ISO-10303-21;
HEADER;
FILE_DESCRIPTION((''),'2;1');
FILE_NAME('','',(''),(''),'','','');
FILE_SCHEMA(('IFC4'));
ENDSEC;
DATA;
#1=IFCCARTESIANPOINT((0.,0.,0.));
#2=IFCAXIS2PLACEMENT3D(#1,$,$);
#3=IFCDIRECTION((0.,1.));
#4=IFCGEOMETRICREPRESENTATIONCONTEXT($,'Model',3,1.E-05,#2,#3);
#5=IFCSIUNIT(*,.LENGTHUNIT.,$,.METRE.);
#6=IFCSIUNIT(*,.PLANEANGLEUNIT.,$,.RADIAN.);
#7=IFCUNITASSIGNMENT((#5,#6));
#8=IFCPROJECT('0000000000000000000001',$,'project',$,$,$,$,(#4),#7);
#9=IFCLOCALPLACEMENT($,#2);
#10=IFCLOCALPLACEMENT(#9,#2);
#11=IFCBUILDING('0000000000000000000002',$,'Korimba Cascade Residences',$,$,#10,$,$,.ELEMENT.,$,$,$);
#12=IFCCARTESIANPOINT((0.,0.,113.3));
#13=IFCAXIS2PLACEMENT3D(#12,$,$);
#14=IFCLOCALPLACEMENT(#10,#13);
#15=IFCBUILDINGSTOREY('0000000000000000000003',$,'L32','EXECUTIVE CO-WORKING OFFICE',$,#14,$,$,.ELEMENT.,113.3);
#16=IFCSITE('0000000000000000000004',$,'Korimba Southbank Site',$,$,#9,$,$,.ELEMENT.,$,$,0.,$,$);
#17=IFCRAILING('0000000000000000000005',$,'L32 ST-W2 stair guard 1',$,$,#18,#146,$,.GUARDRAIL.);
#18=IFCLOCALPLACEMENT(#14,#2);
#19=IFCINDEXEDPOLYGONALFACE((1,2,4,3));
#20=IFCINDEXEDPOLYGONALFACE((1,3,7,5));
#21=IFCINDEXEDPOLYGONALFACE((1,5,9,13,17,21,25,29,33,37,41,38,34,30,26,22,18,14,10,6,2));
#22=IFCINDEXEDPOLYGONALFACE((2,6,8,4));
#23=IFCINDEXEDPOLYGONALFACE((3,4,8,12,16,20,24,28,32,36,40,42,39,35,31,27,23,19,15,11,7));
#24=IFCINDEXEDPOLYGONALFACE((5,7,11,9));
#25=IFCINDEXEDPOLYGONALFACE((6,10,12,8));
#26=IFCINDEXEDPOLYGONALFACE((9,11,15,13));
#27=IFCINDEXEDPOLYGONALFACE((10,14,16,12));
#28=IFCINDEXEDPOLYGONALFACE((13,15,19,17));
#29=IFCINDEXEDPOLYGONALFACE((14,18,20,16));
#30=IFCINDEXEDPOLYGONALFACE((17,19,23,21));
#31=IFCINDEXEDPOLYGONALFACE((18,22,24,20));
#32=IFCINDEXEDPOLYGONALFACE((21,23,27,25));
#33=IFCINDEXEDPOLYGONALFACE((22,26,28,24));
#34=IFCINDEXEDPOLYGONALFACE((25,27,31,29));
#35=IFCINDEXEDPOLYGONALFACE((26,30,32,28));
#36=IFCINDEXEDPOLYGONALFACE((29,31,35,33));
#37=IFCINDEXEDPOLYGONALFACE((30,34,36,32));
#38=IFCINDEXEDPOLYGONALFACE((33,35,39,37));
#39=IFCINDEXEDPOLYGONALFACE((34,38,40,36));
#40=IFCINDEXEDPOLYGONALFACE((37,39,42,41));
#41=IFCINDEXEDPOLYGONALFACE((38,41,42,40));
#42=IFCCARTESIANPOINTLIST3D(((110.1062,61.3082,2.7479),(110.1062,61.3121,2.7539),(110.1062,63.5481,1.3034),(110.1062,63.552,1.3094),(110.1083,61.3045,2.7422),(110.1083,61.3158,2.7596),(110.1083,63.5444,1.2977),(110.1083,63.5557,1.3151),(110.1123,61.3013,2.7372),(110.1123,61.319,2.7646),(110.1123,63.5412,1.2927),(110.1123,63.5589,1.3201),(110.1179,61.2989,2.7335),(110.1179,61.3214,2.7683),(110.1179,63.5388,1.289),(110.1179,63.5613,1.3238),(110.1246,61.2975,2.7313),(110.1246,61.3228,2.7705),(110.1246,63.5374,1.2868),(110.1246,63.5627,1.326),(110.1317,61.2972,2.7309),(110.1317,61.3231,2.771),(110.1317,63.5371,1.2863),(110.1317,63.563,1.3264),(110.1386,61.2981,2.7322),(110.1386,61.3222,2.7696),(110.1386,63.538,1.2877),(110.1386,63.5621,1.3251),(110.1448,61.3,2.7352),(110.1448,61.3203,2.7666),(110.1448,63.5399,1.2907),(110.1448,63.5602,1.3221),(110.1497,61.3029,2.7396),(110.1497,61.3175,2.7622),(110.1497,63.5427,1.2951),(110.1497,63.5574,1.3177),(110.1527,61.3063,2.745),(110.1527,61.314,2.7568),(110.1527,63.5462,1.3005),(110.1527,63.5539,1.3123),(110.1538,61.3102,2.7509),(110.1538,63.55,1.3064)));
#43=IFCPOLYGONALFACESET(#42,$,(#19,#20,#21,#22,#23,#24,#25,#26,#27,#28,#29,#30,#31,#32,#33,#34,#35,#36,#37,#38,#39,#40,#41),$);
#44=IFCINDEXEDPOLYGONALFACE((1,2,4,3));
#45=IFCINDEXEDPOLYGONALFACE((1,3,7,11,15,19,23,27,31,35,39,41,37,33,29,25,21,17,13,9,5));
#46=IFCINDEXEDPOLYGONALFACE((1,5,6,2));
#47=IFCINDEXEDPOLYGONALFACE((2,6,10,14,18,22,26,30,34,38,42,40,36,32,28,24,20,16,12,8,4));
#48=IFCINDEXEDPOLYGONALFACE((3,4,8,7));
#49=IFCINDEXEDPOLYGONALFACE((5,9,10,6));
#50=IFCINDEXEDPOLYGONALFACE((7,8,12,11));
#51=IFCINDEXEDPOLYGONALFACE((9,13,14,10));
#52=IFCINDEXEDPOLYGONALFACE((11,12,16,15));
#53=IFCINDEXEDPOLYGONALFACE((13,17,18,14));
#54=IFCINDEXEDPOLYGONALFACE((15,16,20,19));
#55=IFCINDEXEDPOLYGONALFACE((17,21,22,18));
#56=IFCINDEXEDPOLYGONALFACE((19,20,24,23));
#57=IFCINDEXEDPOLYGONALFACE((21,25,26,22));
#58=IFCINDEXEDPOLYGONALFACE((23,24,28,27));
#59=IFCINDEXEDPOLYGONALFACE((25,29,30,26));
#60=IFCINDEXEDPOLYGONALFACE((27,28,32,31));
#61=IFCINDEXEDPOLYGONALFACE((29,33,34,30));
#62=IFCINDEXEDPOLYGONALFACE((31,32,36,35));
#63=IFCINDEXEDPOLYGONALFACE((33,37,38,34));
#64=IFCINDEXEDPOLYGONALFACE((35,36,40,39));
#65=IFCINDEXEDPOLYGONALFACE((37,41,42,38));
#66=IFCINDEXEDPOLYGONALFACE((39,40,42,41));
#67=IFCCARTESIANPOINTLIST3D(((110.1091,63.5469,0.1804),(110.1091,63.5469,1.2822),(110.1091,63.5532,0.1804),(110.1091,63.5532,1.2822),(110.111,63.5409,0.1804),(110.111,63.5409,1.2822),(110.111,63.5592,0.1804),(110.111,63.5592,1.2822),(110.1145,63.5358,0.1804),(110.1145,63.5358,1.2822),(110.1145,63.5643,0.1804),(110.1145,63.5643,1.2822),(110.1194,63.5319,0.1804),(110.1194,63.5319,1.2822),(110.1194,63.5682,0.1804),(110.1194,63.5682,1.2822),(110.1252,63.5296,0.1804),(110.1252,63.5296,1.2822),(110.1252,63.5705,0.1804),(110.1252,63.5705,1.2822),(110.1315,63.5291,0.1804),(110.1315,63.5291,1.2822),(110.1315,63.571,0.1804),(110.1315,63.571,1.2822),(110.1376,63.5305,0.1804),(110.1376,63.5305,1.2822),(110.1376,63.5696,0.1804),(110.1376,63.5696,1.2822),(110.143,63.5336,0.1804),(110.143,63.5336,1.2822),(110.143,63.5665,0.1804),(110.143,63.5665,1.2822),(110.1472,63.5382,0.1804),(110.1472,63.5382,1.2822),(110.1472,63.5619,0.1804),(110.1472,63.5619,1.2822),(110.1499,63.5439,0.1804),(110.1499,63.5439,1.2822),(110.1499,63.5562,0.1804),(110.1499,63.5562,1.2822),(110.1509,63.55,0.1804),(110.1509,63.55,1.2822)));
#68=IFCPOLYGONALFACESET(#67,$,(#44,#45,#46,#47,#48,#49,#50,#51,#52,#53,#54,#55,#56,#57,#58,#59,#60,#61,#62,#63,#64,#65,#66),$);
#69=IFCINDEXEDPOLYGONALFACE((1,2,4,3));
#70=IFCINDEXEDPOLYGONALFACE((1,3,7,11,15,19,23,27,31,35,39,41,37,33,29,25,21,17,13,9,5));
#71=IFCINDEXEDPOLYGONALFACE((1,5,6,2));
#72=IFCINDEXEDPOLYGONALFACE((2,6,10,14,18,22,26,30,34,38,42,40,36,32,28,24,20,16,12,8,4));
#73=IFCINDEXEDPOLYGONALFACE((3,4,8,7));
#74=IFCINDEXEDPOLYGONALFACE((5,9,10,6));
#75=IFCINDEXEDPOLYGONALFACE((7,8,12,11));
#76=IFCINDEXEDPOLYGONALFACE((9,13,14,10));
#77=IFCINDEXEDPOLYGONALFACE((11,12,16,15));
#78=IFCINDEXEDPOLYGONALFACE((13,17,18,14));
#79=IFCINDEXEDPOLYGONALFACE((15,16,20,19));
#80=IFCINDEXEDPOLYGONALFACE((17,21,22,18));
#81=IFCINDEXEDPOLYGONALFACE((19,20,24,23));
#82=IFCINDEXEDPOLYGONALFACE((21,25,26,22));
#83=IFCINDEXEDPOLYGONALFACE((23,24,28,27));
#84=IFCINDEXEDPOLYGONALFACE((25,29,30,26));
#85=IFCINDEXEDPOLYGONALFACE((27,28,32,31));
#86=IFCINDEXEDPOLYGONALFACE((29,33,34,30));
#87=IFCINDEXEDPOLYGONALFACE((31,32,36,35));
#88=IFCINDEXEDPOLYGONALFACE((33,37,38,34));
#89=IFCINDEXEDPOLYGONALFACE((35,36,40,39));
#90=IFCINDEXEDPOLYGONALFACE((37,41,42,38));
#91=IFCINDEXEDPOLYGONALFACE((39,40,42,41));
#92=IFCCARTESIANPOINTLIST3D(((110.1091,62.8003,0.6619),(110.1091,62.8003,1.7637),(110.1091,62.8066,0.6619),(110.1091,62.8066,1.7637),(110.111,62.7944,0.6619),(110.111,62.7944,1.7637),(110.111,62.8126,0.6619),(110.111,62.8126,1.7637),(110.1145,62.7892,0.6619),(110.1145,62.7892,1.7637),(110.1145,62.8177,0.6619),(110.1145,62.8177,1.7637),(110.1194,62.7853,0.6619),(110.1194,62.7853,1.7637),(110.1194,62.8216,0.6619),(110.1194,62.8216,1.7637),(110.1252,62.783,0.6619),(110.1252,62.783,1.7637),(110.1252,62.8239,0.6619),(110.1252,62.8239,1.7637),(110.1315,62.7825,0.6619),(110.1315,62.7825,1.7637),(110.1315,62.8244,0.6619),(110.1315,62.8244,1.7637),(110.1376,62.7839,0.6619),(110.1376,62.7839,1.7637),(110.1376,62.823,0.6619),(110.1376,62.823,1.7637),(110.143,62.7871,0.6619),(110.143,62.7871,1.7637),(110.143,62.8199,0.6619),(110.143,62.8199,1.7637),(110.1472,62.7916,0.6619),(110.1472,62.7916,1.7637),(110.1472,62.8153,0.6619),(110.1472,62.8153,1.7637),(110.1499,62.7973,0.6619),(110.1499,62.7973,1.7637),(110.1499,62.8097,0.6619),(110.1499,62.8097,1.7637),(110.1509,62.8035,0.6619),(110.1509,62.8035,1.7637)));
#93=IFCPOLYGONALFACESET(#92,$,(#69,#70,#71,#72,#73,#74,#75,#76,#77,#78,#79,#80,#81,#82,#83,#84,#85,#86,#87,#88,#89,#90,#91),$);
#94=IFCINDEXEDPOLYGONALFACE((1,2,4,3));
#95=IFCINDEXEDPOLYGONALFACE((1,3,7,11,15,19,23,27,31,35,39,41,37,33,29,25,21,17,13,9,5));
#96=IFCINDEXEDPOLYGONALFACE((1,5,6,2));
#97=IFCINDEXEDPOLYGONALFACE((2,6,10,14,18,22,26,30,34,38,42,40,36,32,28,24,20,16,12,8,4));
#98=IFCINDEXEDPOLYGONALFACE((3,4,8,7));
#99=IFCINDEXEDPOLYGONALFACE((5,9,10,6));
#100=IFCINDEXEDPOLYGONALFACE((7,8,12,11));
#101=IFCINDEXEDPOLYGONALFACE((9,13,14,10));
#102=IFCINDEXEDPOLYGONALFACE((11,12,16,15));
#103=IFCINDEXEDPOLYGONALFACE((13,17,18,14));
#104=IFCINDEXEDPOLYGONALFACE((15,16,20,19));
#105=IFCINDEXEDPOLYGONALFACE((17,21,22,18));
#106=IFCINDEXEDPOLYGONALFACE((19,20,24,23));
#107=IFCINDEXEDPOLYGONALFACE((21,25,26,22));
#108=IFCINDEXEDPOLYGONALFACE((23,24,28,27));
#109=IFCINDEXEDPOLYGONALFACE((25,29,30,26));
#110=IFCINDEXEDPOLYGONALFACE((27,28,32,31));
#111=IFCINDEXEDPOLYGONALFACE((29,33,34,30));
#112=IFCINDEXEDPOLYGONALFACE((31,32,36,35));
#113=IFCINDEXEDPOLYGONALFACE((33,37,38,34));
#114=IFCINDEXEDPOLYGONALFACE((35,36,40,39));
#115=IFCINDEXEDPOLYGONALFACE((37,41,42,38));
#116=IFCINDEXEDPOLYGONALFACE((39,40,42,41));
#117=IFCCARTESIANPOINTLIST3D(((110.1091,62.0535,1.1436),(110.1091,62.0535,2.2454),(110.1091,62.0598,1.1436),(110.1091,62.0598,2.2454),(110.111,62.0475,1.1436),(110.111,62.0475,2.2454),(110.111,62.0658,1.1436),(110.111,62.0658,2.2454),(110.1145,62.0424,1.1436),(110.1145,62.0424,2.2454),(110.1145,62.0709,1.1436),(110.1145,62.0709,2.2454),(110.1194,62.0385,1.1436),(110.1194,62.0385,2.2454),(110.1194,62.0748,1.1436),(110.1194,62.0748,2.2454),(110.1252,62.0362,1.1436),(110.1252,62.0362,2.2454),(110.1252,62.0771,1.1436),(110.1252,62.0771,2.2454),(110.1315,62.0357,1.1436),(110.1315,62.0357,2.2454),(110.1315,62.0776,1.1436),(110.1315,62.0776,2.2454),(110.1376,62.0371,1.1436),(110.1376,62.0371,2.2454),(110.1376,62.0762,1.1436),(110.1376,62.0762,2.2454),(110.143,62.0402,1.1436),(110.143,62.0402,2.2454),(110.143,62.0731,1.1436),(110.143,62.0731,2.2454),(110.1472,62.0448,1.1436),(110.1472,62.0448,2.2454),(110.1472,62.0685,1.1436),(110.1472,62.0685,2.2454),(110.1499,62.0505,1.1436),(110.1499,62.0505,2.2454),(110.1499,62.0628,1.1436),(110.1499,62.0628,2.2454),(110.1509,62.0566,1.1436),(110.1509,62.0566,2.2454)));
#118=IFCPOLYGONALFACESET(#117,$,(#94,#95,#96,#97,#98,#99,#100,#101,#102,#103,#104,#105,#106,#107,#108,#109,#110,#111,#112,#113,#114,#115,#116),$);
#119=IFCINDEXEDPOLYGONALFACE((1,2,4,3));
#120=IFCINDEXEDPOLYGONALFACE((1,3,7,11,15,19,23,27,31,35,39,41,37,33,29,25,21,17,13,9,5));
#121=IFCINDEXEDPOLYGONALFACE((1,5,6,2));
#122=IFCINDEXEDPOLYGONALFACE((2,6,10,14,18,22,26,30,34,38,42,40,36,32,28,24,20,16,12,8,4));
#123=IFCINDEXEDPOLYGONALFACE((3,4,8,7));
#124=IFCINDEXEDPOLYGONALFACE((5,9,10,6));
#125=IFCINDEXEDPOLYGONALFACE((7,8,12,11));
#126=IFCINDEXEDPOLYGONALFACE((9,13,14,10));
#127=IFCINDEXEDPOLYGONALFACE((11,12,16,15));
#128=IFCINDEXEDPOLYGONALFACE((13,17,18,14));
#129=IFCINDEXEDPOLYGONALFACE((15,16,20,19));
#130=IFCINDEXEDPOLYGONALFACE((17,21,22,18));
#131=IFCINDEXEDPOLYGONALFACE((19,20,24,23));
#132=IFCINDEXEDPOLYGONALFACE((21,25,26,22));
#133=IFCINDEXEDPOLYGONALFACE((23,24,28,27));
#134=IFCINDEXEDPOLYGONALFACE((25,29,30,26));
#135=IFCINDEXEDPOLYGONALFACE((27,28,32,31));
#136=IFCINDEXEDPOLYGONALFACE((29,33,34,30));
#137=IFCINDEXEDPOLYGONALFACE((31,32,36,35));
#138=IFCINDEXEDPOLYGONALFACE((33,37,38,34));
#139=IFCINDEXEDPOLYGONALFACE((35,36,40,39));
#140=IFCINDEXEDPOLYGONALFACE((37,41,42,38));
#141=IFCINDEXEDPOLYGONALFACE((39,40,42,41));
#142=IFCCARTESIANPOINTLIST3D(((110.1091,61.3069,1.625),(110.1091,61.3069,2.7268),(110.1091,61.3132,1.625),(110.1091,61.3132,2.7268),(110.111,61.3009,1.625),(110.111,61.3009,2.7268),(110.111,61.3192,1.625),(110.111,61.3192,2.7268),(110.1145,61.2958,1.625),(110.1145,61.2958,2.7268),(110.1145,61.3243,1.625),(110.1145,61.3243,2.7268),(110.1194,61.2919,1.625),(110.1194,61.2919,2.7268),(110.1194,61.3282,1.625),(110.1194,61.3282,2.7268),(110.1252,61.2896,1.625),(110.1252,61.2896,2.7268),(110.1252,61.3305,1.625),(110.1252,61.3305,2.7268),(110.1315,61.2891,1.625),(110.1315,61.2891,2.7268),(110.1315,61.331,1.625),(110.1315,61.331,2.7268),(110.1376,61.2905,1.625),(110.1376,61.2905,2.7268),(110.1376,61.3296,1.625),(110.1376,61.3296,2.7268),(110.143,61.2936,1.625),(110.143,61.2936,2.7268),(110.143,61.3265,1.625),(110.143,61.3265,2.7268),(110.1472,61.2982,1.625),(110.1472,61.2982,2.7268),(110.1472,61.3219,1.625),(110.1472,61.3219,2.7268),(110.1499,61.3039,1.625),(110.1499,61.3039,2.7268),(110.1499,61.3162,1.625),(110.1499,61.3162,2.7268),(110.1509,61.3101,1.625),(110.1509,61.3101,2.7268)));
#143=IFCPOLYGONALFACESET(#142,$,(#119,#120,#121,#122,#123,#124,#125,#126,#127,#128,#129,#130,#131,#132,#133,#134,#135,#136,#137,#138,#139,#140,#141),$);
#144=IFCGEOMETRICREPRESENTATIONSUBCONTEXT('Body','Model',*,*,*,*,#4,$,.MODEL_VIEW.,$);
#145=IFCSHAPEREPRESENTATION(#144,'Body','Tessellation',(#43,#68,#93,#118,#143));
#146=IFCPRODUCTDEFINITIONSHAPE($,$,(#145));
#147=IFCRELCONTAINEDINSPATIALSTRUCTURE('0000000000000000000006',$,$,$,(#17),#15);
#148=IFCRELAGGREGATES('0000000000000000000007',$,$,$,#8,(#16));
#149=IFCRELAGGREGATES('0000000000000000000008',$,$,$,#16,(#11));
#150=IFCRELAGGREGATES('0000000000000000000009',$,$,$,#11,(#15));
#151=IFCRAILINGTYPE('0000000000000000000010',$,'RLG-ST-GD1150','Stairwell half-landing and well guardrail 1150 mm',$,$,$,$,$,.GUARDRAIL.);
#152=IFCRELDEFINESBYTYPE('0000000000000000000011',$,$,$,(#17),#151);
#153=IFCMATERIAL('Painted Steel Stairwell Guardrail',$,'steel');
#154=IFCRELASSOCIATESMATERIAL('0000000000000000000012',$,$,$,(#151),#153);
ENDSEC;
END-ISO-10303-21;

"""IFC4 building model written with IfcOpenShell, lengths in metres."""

from ifc_helpers import new_model, si_unit, direction, frame, origin, origin_2d, place, context, subcontext, project, spatial, circle, extrude, material, type_object, element, save


model = new_model("IFC4")

# Units and contexts
model_context = context("Model", 3, precision=1e-05, world=origin(), true_north=direction((0.0, 1.0)))
body_context = subcontext(model_context, "Body", "Model", "MODEL_VIEW")
ifc_project = project(units=[si_unit("LENGTHUNIT", "METRE"), si_unit("PLANEANGLEUNIT", "RADIAN")], contexts=[model_context])

# Site, building, storey
site_placement = place(None, origin())
site = spatial("IfcSite", under=ifc_project, at=site_placement, Name="Korimba Southbank Site", CompositionType="ELEMENT", RefElevation=0.0)
building_placement = place(site_placement, origin())
building = spatial("IfcBuilding", under=site, at=building_placement, Name="Korimba Cascade Residences", CompositionType="ELEMENT")
storey_placement = place(building_placement, frame((0.0, 0.0, 113.3)))
storey = spatial("IfcBuildingStorey", under=building, at=storey_placement, Name="L32", Description="EXECUTIVE CO-WORKING OFFICE", CompositionType="ELEMENT", Elevation=113.3)

# Railing
ifc_material_1 = material(Name="Painted Steel Stairwell Guardrail", Category="steel")
railing_type_1 = type_object("IfcRailingType", Name="RLG-ST-GD1150", Description="Stairwell half-landing and well guardrail 1150 mm", PredefinedType="GUARDRAIL", material=ifc_material_1)
railing_1_placement = place(storey_placement, frame((110.1299, 63.55, 0.1804)))
element("IfcRailing", 1, at=railing_1_placement, inside=storey, type_object=railing_type_1, Name="L32 ST-W2 stair guard 1", PredefinedType="GUARDRAIL", context=body_context, shape_type="SweptSolid", body=[
    extrude(circle(Radius=0.0239, at=origin_2d()), frame((0.0, 0.0, 1.126), z_axis=(0.0, -0.840395, 0.541975), x_axis=(1.0, 0.0, 0.0)), (0.0, 0.0, 1.0), 2.6653),
    extrude(circle(Radius=0.021, at=origin_2d()), origin(), (0.0, 0.0, 1.0), 1.1018),
    extrude(circle(Radius=0.021, at=origin_2d()), frame((0.0, -0.7466, 0.4814)), (0.0, 0.0, 1.0), 1.1018),
    extrude(circle(Radius=0.021, at=origin_2d()), frame((0.0, -1.4934, 0.9631)), (0.0, 0.0, 1.0), 1.1018),
    extrude(circle(Radius=0.021, at=origin_2d()), frame((0.0, -2.24, 1.4446)), (0.0, 0.0, 1.0), 1.1018),
])

save(model, "model.ifc")
